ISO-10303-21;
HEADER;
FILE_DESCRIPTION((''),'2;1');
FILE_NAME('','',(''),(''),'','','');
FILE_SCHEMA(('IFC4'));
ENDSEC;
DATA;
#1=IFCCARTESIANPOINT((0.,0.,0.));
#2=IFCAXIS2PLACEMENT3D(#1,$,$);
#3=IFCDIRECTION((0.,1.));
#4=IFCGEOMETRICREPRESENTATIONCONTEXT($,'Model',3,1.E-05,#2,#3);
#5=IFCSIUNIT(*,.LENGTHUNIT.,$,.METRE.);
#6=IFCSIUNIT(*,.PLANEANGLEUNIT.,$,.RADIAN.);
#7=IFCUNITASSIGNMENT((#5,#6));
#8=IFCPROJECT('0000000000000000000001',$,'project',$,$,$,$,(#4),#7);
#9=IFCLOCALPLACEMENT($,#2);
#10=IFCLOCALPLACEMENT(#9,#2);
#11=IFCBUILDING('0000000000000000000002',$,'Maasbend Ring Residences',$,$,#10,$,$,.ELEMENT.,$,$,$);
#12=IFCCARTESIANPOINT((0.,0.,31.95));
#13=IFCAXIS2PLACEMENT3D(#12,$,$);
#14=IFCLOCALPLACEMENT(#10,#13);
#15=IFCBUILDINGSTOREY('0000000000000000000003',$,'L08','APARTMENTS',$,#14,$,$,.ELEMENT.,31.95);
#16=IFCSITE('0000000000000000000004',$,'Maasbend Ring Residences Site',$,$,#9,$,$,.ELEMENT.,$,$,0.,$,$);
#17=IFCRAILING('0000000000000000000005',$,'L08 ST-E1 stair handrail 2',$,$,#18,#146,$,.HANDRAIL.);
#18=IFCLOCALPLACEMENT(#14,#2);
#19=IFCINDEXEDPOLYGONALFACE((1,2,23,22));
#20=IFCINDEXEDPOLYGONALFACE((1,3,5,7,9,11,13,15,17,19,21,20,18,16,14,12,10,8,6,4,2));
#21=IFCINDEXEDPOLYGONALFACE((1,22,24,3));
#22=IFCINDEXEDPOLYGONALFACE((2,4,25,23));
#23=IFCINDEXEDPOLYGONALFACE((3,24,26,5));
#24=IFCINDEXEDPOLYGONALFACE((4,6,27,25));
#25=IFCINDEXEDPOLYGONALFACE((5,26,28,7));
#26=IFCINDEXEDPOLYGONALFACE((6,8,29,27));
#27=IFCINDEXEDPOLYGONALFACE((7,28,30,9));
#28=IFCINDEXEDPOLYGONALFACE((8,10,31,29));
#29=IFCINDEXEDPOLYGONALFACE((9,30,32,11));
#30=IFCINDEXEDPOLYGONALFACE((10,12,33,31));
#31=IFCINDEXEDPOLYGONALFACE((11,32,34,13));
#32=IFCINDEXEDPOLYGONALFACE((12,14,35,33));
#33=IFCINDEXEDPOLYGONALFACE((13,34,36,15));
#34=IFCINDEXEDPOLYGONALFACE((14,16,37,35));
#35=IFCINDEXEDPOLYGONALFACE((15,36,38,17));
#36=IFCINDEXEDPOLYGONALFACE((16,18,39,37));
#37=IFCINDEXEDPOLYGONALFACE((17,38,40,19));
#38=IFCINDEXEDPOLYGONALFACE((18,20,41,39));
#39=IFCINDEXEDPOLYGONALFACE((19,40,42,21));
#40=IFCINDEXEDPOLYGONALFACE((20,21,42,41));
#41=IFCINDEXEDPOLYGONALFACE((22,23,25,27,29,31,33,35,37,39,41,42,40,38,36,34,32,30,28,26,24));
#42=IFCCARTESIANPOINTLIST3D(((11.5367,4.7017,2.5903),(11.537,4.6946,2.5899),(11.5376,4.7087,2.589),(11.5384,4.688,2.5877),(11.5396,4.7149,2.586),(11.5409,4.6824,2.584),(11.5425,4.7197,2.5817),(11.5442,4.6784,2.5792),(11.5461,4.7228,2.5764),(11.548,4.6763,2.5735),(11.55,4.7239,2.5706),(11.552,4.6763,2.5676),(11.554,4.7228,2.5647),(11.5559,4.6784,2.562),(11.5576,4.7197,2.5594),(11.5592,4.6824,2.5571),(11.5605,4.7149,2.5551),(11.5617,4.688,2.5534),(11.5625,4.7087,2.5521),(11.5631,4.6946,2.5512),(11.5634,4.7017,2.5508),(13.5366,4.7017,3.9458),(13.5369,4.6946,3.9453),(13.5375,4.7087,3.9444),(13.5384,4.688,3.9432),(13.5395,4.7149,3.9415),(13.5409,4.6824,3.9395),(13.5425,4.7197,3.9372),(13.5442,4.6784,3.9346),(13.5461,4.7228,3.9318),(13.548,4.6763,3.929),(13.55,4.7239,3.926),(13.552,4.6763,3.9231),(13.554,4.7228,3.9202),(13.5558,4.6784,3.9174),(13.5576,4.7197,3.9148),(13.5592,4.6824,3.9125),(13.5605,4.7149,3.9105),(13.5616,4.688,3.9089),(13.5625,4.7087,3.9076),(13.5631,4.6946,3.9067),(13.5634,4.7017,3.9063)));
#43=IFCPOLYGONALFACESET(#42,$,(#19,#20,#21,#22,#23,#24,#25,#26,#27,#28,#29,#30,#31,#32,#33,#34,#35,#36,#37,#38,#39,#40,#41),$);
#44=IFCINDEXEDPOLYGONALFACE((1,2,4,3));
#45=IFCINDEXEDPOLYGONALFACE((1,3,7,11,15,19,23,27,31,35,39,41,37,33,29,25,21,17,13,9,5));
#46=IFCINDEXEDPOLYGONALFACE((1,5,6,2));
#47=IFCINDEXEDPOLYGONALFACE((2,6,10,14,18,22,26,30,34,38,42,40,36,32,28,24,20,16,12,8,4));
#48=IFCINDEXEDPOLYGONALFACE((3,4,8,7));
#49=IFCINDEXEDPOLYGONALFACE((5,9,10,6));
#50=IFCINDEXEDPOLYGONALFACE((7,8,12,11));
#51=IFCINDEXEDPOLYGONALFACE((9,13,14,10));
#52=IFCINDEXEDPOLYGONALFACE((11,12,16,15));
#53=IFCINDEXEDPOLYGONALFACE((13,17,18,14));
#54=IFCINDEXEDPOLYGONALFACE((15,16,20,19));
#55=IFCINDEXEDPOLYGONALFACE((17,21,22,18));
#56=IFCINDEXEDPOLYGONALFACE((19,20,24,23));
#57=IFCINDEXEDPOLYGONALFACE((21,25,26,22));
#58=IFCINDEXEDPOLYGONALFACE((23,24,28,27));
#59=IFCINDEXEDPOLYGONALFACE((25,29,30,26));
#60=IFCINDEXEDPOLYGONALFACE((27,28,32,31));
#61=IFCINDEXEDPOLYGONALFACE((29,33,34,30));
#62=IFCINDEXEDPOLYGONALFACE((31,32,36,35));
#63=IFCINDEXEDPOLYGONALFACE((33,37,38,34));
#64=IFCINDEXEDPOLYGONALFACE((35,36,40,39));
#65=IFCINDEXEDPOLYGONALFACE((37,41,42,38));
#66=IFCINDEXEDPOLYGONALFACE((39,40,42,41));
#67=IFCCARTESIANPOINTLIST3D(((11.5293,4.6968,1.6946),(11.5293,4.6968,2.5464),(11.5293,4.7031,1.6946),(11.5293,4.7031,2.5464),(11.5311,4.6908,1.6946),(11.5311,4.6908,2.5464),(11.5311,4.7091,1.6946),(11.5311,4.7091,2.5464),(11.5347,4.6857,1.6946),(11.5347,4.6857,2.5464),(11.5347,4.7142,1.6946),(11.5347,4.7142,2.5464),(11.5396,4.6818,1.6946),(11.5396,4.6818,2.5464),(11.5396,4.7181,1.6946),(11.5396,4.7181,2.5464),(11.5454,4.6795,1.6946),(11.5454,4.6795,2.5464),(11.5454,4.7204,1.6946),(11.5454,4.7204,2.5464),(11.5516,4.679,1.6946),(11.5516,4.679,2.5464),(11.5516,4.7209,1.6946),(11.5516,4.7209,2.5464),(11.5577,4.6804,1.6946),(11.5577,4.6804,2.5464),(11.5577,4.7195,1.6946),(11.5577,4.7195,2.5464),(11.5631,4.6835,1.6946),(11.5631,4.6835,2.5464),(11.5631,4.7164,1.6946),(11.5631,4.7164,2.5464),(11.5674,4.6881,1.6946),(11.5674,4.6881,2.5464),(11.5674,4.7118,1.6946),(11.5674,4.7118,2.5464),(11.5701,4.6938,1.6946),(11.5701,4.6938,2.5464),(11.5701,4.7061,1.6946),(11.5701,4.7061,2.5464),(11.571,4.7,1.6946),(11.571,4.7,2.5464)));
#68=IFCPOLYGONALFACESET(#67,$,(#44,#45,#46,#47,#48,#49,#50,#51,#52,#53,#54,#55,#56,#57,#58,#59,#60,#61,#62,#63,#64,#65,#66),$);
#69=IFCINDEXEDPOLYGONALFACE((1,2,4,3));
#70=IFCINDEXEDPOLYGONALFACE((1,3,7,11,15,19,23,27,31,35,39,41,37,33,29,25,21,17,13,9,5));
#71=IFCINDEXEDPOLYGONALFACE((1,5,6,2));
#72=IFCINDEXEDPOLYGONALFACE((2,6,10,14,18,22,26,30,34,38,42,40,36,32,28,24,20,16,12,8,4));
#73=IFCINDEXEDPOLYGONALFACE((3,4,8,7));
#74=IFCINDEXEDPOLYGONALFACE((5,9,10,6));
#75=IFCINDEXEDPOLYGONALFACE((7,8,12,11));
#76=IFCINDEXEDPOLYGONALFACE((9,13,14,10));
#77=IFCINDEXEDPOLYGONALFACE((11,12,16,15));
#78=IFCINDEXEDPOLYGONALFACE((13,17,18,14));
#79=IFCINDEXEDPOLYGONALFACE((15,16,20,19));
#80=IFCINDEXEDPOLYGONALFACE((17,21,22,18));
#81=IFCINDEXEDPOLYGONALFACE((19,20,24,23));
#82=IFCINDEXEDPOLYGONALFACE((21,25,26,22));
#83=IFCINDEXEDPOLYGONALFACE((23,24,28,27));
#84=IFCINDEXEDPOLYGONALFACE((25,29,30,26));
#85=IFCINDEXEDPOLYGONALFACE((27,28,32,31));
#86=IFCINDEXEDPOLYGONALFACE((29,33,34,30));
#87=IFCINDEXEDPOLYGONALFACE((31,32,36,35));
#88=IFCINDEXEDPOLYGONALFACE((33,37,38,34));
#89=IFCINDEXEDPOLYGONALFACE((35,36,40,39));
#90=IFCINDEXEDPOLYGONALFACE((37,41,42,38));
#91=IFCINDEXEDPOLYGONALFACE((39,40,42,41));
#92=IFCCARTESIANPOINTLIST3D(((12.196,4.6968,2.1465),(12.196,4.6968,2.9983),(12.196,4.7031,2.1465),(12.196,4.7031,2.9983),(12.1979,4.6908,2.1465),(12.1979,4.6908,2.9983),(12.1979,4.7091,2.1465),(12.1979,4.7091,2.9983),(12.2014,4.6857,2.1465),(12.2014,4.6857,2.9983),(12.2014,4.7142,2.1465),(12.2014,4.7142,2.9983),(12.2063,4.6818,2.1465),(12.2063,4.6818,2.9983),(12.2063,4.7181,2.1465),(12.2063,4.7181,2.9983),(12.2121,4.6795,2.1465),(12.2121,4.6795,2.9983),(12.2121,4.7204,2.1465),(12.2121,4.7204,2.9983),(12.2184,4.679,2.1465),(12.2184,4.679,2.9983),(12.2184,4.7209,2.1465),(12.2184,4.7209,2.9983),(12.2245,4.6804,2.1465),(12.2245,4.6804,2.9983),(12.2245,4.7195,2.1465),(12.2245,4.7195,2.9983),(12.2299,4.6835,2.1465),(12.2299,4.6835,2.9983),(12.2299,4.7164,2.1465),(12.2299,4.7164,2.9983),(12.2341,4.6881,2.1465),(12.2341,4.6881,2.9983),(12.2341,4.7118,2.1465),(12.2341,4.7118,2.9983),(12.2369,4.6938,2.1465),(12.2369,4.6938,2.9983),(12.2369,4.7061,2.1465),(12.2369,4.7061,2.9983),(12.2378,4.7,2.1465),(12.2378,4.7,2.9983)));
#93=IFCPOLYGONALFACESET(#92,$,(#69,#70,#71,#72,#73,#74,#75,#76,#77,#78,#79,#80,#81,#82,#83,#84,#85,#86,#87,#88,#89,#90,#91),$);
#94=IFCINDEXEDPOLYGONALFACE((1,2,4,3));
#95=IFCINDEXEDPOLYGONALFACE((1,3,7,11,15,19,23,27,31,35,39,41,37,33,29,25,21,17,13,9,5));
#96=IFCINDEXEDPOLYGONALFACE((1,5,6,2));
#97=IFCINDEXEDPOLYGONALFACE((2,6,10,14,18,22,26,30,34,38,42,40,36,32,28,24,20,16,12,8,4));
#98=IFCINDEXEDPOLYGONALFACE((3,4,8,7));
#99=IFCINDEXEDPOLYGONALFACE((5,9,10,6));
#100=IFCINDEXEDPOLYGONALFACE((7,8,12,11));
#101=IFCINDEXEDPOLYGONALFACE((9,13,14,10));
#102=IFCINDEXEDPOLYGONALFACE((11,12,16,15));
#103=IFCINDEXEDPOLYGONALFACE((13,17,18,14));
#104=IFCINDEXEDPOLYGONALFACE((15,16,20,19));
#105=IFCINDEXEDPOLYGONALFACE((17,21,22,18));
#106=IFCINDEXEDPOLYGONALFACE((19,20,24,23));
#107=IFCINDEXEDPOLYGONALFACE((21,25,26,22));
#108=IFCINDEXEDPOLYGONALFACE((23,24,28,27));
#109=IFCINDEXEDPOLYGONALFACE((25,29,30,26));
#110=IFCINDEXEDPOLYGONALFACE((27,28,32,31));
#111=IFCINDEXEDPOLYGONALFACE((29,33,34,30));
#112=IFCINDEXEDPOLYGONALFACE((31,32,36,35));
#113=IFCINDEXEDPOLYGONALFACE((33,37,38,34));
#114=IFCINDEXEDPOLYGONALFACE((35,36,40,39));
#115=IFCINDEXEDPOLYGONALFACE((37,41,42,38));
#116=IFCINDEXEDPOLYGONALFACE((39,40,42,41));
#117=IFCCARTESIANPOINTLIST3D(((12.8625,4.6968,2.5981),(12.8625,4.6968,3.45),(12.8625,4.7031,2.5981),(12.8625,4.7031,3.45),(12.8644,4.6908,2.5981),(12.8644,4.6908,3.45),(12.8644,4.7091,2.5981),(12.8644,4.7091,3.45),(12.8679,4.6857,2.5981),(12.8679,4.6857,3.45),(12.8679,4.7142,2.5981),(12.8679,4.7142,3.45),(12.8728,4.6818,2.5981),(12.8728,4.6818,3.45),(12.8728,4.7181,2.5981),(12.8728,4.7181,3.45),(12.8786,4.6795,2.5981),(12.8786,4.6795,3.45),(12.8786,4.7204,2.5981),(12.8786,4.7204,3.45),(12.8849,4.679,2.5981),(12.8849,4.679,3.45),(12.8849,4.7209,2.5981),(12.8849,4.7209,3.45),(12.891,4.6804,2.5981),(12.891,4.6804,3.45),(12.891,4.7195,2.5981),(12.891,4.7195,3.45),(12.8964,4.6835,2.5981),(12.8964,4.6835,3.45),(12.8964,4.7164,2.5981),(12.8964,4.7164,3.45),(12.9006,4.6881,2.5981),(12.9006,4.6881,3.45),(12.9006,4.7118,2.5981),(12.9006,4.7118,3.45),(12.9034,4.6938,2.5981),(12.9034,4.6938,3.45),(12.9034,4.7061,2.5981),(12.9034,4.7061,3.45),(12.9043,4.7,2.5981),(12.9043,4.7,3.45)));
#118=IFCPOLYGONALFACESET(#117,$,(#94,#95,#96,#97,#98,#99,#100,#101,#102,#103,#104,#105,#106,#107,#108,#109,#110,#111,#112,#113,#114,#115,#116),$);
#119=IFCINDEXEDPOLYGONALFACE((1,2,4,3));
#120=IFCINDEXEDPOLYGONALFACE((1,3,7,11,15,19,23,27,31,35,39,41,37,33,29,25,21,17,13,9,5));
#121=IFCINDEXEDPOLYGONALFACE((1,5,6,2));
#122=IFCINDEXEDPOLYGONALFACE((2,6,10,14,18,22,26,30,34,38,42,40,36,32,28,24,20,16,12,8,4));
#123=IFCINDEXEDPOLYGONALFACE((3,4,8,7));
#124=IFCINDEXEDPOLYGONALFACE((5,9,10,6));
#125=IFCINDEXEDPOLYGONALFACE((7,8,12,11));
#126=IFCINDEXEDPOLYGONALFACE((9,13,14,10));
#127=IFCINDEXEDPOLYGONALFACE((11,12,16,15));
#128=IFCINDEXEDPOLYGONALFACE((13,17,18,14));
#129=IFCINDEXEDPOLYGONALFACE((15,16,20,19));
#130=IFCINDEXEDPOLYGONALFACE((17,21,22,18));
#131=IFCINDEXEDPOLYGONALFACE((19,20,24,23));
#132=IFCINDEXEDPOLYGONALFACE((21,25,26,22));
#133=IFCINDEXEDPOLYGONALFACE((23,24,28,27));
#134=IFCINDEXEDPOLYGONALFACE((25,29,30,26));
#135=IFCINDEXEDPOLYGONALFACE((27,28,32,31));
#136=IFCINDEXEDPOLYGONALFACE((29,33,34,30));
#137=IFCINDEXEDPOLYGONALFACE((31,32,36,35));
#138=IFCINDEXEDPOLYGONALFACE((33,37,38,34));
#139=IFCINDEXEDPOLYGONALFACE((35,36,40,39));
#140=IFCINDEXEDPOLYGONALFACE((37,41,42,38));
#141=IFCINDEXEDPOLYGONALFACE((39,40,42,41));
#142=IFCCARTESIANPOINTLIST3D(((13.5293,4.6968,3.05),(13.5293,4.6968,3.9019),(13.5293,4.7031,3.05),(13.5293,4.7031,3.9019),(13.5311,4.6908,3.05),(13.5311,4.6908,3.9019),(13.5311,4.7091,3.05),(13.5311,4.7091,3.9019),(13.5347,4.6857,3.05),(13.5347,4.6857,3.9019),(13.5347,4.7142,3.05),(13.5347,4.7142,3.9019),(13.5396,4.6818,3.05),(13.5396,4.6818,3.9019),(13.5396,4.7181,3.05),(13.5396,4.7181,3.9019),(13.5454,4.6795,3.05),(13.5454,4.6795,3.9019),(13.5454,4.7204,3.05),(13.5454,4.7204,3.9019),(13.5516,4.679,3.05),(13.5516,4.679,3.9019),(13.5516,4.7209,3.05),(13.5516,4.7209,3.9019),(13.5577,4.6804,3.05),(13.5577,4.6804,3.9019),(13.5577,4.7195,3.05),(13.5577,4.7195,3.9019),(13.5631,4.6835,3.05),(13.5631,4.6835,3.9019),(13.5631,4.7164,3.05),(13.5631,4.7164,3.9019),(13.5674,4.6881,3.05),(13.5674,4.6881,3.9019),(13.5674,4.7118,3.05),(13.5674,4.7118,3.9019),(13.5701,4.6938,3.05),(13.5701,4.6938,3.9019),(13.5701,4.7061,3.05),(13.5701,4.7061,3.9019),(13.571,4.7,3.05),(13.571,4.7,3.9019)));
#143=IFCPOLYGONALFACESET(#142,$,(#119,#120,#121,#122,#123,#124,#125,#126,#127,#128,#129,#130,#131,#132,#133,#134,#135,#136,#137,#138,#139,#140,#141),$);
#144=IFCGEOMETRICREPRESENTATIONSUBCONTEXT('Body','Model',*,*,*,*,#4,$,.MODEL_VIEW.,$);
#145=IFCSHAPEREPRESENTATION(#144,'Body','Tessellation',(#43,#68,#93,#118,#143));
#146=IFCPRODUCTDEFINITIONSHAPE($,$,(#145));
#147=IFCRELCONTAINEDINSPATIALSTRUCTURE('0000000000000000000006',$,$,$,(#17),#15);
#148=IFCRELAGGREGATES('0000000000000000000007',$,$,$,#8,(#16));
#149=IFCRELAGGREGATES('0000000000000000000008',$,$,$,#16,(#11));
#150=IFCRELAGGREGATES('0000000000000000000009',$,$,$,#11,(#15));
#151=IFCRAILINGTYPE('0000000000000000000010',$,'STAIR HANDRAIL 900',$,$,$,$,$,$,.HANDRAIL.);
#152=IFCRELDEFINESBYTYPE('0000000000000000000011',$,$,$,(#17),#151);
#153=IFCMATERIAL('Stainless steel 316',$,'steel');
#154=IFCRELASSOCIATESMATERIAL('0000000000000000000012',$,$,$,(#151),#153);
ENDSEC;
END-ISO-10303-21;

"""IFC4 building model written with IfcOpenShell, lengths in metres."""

from ifc_helpers import new_model, si_unit, direction, frame, origin, origin_2d, place, context, subcontext, project, spatial, circle, extrude, material, type_object, element, save


model = new_model("IFC4")

# Units and contexts
model_context = context("Model", 3, precision=1e-05, world=origin(), true_north=direction((0.0, 1.0)))
body_context = subcontext(model_context, "Body", "Model", "MODEL_VIEW")
ifc_project = project(units=[si_unit("LENGTHUNIT", "METRE"), si_unit("PLANEANGLEUNIT", "RADIAN")], contexts=[model_context])

# Site, building, storey
site_placement = place(None, origin())
site = spatial("IfcSite", under=ifc_project, at=site_placement, Name="Maasbend Ring Residences Site", CompositionType="ELEMENT", RefElevation=0.0)
building_placement = place(site_placement, origin())
building = spatial("IfcBuilding", under=site, at=building_placement, Name="Maasbend Ring Residences", CompositionType="ELEMENT")
storey_placement = place(building_placement, frame((0.0, 0.0, 31.95)))
storey = spatial("IfcBuildingStorey", under=building, at=storey_placement, Name="L08", Description="APARTMENTS", CompositionType="ELEMENT", Elevation=31.95)

# Railing
ifc_material_1 = material(Name="Stainless steel 316", Category="steel")
railing_type_1 = type_object("IfcRailingType", Name="STAIR HANDRAIL 900", PredefinedType="HANDRAIL", material=ifc_material_1)
railing_1_placement = place(storey_placement, frame((11.55, 4.7, 1.6946)))
element("IfcRailing", 1, at=railing_1_placement, inside=storey, type_object=railing_type_1, Name="L08 ST-E1 stair handrail 2", PredefinedType="HANDRAIL", context=body_context, shape_type="SweptSolid", body=[
    extrude(circle(Radius=0.0239, at=origin_2d()), frame((0.0, 0.0, 0.876), z_axis=(0.827798, 0.0, 0.561027), x_axis=(0.0, 1.0, 0.0)), (0.0, 0.0, 1.0), 2.416),
    extrude(circle(Radius=0.021, at=origin_2d()), origin(), (0.0, 0.0, 1.0), 0.8518),
    extrude(circle(Radius=0.021, at=origin_2d()), frame((0.6667, 0.0, 0.4519)), (0.0, 0.0, 1.0), 0.8518),
    extrude(circle(Radius=0.021, at=origin_2d()), frame((1.3333, 0.0, 0.9036)), (0.0, 0.0, 1.0), 0.8518),
    extrude(circle(Radius=0.021, at=origin_2d()), frame((2.0, 0.0, 1.3555)), (0.0, 0.0, 1.0), 0.8518),
])

save(model, "model.ifc")
